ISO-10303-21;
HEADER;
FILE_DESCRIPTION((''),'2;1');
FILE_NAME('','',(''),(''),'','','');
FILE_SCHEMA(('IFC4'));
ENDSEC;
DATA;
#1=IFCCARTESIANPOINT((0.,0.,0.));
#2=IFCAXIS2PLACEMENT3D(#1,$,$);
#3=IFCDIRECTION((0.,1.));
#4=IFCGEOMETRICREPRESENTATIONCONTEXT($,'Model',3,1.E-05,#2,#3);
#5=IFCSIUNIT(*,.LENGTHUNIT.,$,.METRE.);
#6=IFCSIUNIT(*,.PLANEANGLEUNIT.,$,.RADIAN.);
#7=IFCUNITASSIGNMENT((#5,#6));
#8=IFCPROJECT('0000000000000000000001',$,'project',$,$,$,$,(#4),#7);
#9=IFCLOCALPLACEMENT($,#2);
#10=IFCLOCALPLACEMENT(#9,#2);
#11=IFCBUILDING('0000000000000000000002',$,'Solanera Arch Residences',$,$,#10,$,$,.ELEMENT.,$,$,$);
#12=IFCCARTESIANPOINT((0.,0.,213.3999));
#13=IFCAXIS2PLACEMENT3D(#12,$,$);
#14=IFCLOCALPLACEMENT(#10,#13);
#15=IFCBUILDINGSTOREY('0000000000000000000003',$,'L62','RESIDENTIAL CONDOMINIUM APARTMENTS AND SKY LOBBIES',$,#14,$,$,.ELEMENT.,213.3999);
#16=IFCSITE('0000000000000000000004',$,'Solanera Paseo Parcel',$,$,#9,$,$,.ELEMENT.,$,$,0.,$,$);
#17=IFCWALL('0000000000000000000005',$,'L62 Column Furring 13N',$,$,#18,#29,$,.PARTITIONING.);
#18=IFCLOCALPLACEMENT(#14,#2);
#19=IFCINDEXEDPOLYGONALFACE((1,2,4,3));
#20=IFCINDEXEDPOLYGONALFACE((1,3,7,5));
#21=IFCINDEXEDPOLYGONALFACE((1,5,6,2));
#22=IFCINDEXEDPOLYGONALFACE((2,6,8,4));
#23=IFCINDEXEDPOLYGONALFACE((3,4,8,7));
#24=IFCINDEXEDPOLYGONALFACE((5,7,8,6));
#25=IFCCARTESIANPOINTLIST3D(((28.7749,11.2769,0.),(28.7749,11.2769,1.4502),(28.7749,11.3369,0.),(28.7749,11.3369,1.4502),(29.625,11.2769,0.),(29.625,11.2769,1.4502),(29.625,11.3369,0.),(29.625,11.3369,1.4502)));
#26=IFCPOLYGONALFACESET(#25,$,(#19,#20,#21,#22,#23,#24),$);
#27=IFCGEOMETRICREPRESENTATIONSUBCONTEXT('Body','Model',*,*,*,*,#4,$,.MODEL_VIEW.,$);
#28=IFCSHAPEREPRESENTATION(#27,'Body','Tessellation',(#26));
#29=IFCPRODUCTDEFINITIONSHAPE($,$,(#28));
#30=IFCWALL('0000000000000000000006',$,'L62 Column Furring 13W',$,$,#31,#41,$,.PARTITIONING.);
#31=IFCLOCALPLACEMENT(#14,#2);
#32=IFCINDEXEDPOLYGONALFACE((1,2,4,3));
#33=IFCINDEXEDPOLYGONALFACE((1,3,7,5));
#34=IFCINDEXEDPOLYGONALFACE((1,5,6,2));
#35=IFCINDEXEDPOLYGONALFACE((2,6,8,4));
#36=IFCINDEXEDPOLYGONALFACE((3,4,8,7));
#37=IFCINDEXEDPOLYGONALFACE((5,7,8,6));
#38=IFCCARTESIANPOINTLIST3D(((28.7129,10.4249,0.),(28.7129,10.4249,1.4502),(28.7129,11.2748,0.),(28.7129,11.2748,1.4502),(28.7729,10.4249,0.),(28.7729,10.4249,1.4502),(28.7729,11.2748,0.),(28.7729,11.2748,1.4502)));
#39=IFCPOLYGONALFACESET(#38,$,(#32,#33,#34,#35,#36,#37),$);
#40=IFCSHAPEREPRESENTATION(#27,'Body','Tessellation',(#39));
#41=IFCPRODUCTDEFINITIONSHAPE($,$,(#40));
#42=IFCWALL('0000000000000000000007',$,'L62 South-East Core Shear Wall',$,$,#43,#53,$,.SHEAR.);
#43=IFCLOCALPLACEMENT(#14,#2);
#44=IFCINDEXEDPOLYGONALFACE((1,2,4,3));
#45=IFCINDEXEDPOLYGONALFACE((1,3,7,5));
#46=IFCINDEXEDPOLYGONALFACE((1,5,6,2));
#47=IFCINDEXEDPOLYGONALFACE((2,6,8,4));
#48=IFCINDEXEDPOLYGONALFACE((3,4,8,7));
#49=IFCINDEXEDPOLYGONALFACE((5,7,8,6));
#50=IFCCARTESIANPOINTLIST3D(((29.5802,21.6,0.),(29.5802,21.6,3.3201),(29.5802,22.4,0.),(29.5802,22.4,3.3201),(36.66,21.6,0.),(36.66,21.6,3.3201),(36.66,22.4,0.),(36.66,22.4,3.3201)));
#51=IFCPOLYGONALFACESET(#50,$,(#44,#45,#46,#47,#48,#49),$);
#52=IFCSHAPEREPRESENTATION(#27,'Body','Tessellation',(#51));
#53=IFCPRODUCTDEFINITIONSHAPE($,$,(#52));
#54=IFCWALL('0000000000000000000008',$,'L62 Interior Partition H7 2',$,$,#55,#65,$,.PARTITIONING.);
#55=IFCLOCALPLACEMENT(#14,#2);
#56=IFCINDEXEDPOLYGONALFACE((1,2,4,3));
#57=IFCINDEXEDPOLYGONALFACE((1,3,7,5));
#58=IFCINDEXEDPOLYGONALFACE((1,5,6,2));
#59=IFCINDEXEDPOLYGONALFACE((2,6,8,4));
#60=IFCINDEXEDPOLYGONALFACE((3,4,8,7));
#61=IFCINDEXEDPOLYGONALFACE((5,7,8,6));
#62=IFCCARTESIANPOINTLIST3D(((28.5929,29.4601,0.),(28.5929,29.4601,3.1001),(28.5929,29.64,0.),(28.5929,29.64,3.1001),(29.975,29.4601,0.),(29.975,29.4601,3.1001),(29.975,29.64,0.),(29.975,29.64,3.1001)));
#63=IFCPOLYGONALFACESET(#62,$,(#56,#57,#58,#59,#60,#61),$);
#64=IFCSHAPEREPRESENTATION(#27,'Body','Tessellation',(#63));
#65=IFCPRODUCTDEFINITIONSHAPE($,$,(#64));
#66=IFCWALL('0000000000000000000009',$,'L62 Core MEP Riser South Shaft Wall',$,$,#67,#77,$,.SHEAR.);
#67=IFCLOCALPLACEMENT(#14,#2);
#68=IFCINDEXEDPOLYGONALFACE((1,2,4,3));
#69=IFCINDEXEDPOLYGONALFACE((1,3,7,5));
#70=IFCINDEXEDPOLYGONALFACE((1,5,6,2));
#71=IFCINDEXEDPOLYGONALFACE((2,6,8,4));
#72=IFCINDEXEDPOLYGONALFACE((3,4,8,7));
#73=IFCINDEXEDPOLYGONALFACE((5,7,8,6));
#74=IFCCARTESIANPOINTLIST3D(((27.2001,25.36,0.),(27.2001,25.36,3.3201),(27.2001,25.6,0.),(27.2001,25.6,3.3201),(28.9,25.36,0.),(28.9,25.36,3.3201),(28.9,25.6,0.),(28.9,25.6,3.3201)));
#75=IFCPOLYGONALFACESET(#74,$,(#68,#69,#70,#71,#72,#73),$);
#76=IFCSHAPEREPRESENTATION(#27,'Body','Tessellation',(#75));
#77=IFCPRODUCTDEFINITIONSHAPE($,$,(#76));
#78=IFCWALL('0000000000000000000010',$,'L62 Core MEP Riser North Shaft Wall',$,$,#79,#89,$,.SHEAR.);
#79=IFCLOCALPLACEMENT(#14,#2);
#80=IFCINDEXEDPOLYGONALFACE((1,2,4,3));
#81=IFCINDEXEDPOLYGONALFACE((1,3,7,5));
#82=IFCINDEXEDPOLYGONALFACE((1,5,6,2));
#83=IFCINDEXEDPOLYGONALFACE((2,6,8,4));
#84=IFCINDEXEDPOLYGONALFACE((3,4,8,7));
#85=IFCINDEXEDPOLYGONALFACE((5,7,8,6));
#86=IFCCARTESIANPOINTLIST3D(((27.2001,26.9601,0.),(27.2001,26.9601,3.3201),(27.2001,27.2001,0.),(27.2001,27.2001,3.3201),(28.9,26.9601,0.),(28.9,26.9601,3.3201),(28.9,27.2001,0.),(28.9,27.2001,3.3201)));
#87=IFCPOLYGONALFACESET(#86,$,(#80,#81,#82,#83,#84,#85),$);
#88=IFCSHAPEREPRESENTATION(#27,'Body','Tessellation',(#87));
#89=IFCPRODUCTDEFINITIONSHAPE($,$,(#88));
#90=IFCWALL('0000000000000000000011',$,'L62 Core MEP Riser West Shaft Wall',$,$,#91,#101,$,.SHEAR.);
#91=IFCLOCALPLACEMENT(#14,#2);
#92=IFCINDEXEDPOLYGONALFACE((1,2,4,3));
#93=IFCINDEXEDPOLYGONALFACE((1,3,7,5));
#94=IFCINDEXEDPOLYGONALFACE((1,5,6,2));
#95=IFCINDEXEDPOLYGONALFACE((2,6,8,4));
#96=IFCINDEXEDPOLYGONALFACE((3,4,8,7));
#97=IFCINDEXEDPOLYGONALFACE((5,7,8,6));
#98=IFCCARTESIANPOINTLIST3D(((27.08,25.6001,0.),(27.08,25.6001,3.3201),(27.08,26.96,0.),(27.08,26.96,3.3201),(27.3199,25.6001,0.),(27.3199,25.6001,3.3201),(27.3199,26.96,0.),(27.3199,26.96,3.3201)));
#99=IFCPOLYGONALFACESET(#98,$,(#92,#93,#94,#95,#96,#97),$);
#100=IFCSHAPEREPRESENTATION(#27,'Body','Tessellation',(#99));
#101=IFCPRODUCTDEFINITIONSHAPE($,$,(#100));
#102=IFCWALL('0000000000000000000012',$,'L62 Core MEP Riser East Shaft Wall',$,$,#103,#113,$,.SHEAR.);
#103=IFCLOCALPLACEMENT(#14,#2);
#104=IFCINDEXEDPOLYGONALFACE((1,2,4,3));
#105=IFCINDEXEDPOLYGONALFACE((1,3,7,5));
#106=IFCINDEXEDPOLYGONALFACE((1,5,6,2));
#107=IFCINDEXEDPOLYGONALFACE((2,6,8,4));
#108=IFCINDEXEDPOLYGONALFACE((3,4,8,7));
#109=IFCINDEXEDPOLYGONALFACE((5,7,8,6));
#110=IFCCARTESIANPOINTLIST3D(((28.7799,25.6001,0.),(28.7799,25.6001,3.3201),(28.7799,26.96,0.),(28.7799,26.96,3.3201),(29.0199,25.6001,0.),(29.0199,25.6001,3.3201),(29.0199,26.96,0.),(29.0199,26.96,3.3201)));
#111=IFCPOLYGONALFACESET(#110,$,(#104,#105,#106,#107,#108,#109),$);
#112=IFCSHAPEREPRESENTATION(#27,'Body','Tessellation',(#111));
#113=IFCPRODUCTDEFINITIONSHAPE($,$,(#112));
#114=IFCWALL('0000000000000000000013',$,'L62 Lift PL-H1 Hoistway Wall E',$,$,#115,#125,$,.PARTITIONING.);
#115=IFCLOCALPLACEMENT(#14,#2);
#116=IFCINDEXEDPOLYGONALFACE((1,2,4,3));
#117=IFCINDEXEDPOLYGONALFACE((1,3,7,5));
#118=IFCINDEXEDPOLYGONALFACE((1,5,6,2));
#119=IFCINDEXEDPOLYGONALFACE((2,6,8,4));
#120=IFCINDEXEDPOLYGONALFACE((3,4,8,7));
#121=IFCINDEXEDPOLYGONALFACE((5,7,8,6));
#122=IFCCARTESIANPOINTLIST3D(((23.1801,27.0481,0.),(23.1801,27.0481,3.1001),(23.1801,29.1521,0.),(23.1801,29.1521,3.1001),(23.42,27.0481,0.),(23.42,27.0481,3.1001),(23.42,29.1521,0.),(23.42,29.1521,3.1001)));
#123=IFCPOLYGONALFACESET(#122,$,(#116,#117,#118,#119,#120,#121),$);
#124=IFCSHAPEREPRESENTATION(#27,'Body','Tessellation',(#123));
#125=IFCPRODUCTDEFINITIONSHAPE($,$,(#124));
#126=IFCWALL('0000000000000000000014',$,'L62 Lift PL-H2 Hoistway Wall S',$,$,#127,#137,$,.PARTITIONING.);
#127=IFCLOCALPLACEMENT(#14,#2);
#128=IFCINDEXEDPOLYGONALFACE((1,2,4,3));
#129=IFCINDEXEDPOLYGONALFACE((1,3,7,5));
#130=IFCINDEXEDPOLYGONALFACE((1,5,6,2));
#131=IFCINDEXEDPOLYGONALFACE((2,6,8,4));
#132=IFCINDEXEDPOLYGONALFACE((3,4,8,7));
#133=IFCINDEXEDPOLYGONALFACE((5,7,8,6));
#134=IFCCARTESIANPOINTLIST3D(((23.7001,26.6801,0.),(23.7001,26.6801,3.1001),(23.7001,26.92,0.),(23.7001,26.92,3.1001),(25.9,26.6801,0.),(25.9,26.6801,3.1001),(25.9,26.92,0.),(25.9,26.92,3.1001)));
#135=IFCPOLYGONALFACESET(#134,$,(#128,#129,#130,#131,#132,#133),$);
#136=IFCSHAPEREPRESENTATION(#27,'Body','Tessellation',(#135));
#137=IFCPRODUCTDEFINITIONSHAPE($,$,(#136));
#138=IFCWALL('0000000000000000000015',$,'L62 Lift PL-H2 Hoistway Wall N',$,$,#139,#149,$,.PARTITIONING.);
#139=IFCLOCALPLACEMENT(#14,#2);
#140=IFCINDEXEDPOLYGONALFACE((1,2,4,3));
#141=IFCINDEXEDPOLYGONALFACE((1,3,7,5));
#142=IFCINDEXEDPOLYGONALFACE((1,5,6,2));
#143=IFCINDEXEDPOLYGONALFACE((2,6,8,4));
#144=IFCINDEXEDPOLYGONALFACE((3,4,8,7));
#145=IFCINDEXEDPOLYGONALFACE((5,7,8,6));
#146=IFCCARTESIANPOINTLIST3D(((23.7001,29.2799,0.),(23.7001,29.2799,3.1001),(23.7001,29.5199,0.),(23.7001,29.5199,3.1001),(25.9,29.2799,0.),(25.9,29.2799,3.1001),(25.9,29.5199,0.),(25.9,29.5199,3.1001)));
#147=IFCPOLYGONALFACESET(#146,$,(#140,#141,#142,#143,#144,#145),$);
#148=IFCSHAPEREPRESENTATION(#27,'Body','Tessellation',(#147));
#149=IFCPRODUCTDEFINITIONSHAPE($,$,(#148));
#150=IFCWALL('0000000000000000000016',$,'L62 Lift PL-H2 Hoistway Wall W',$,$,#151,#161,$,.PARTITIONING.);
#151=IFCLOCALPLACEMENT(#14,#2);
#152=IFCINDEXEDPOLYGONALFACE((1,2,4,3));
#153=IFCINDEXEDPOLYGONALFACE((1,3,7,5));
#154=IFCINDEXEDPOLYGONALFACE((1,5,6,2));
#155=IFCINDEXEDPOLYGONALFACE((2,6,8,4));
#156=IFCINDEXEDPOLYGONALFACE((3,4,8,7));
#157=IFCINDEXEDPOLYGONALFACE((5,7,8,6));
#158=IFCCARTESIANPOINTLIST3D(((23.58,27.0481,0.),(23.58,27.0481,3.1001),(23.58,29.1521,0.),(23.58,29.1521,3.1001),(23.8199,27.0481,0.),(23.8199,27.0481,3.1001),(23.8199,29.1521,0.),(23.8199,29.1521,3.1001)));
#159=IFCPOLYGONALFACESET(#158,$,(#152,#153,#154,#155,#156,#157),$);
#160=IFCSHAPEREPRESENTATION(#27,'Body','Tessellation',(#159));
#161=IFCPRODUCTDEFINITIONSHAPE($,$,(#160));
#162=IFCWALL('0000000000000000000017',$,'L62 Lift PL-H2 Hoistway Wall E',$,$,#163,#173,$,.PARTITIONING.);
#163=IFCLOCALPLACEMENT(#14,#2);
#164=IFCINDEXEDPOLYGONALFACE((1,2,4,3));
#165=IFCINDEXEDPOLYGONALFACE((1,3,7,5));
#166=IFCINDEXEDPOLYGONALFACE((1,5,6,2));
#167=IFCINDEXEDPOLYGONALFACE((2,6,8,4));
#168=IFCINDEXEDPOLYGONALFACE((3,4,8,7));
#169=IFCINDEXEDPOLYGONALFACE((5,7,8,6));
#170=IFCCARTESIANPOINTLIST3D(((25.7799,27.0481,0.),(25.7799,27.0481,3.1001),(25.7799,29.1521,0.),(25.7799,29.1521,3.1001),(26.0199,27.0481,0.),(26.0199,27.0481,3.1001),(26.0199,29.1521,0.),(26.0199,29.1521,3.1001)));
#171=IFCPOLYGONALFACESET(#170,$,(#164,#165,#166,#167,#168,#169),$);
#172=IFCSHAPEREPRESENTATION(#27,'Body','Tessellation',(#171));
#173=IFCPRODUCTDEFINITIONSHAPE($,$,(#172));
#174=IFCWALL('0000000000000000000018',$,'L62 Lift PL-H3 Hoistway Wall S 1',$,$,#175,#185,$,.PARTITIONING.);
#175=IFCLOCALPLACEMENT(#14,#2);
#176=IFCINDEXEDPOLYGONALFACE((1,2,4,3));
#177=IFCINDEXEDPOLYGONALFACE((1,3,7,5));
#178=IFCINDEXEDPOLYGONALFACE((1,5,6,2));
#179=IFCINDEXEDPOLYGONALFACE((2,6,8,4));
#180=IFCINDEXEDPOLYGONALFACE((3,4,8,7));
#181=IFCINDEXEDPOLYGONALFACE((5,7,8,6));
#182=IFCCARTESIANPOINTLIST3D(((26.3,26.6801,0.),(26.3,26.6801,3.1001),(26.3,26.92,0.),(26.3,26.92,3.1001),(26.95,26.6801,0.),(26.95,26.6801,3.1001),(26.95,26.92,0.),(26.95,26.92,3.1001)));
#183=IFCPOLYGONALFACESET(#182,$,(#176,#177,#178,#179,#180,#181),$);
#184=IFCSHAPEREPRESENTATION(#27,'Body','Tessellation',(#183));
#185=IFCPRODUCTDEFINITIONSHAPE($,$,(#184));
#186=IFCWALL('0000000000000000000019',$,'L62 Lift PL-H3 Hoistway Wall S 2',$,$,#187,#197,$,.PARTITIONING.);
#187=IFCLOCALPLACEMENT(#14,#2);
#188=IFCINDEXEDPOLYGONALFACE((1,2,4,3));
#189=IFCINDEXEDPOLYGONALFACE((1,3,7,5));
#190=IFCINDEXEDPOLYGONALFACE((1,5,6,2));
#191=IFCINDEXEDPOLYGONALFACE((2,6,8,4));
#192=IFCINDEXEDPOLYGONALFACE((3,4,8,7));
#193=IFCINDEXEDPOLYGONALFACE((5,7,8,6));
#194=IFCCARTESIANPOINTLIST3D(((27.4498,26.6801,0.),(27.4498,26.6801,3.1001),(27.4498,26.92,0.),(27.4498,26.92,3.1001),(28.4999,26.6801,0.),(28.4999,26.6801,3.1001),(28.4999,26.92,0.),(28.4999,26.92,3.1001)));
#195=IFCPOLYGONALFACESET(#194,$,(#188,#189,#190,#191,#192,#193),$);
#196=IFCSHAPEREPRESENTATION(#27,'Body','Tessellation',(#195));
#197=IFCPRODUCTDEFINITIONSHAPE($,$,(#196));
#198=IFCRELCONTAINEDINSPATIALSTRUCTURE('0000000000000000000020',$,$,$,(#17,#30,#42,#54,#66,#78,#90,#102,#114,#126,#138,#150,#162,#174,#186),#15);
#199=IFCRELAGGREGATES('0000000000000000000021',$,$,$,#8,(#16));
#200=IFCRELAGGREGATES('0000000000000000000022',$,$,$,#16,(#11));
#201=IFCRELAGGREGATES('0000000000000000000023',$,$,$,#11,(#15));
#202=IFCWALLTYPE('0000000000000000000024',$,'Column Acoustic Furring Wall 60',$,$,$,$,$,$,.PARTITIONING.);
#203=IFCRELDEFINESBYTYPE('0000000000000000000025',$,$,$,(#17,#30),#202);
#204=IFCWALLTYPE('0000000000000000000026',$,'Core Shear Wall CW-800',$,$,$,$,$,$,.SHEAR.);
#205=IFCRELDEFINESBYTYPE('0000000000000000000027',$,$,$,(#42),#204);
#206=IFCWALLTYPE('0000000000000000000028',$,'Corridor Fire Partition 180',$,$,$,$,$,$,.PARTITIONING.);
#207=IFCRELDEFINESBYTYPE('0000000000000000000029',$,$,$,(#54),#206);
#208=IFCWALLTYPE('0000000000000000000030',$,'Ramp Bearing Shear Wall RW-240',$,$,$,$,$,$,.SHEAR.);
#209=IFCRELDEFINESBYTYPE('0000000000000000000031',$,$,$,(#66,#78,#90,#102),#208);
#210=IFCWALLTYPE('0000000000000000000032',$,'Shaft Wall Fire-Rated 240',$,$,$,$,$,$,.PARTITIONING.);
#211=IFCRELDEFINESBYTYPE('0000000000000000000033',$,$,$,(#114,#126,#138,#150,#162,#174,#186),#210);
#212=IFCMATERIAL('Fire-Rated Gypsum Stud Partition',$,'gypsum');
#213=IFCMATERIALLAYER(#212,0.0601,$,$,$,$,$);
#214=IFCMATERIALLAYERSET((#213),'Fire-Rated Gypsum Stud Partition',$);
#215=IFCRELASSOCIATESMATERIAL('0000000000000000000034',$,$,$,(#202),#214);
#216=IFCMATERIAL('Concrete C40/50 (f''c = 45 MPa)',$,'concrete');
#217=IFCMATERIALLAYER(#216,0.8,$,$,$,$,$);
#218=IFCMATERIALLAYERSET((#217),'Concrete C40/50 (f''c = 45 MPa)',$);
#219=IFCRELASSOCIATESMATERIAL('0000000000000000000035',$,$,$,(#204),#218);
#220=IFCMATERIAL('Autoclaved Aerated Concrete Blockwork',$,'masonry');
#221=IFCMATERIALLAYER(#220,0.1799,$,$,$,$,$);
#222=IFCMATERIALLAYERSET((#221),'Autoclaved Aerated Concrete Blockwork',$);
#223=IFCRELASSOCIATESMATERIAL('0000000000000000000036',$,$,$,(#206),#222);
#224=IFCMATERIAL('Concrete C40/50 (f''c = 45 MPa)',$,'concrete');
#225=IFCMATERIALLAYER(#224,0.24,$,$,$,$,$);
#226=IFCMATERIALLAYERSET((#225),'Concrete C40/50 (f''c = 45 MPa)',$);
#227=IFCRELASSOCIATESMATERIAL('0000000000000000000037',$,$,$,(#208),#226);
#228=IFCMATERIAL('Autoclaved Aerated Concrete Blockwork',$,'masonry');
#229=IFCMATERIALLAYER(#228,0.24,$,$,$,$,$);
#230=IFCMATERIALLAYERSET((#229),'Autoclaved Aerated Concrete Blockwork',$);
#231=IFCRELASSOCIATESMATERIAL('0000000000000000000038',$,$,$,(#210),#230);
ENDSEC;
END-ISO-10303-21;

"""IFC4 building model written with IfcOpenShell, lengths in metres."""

from ifc_helpers import new_model, si_unit, direction, frame, frame_2d, origin, place, context, subcontext, project, spatial, rectangle, extrude, material, layer, layer_set, type_object, element, save


model = new_model("IFC4")

# Units and contexts
model_context = context("Model", 3, precision=1e-05, world=origin(), true_north=direction((0.0, 1.0)))
body_context = subcontext(model_context, "Body", "Model", "MODEL_VIEW")
ifc_project = project(units=[si_unit("LENGTHUNIT", "METRE"), si_unit("PLANEANGLEUNIT", "RADIAN")], contexts=[model_context])

# Site, building, storey
site_placement = place(None, origin())
site = spatial("IfcSite", under=ifc_project, at=site_placement, Name="Solanera Paseo Parcel", CompositionType="ELEMENT", RefElevation=0.0)
building_placement = place(site_placement, origin())
building = spatial("IfcBuilding", under=site, at=building_placement, Name="Solanera Arch Residences", CompositionType="ELEMENT")
storey_placement = place(building_placement, frame((0.0, 0.0, 213.3999)))
storey = spatial("IfcBuildingStorey", under=building, at=storey_placement, Name="L62", Description="RESIDENTIAL CONDOMINIUM APARTMENTS AND SKY LOBBIES", CompositionType="ELEMENT", Elevation=213.3999)

# Walls
ifc_material_1 = material(Name="Fire-Rated Gypsum Stud Partition", Category="gypsum")
ifc_layer_1 = layer(ifc_material_1, 0.0601)
ifc_layer_set_1 = layer_set([ifc_layer_1], Name="Fire-Rated Gypsum Stud Partition")
wall_type_1 = type_object("IfcWallType", Name="Column Acoustic Furring Wall 60", PredefinedType="PARTITIONING", material=ifc_layer_set_1)
for number, where, z_axis, x_axis, name in (
    (1, (28.7749, 11.3069, 0.0), (0.0, 0.0, 1.0), (1.0, 0.0, 0.0), "L62 Column Furring 13N"),
):
    element("IfcWall", number, at=place(storey_placement, frame(where, z_axis=z_axis, x_axis=x_axis)), inside=storey, type_object=wall_type_1, Name=name, PredefinedType="PARTITIONING", context=body_context, shape_type="SweptSolid", body=[
        extrude(rectangle(XDim=0.8501, YDim=0.0601, at=frame_2d((0.425, 0.0))), origin(), (0.0, 0.0, 1.0), 1.4502),
    ])
wall_1_placement = place(storey_placement, frame((28.7429, 10.425, 0.0), z_axis=(0.0, 0.0, 1.0), x_axis=(0.0, 1.0, 0.0)))
element("IfcWall", 2, at=wall_1_placement, inside=storey, type_object=wall_type_1, Name="L62 Column Furring 13W", PredefinedType="PARTITIONING", context=body_context, shape_type="SweptSolid", body=[
    extrude(rectangle(XDim=0.8499, YDim=0.0601, at=frame_2d((0.4248, 0.0))), origin(), (0.0, 0.0, 1.0), 1.4502),
])
ifc_material_2 = material(Name="Concrete C40/50 (f'c = 45 MPa)", Category="concrete")
ifc_layer_2 = layer(ifc_material_2, 0.8)
ifc_layer_set_2 = layer_set([ifc_layer_2], Name="Concrete C40/50 (f'c = 45 MPa)")
wall_type_2 = type_object("IfcWallType", Name="Core Shear Wall CW-800", PredefinedType="SHEAR", material=ifc_layer_set_2)
wall_2_placement = place(storey_placement, frame((29.5801, 22.0, 0.0), z_axis=(0.0, 0.0, 1.0), x_axis=(1.0, 0.0, 0.0)))
element("IfcWall", 3, at=wall_2_placement, inside=storey, type_object=wall_type_2, Name="L62 South-East Core Shear Wall", PredefinedType="SHEAR", context=body_context, shape_type="SweptSolid", body=[
    extrude(rectangle(XDim=7.0798, YDim=0.8, at=frame_2d((3.54, 0.0))), origin(), (0.0, 0.0, 1.0), 3.3201),
])
ifc_material_3 = material(Name="Autoclaved Aerated Concrete Blockwork", Category="masonry")
ifc_layer_3 = layer(ifc_material_3, 0.1799)
ifc_layer_set_3 = layer_set([ifc_layer_3], Name="Autoclaved Aerated Concrete Blockwork")
wall_type_3 = type_object("IfcWallType", Name="Corridor Fire Partition 180", PredefinedType="PARTITIONING", material=ifc_layer_set_3)
wall_3_placement = place(storey_placement, frame((28.593, 29.55, 0.0), z_axis=(0.0, 0.0, 1.0), x_axis=(1.0, 0.0, 0.0)))
element("IfcWall", 4, at=wall_3_placement, inside=storey, type_object=wall_type_3, Name="L62 Interior Partition H7 2", PredefinedType="PARTITIONING", context=body_context, shape_type="SweptSolid", body=[
    extrude(rectangle(XDim=1.3821, YDim=0.1799, at=frame_2d((0.6909, 0.0))), origin(), (0.0, 0.0, 1.0), 3.1001),
])
ifc_material_4 = material(Name="Concrete C40/50 (f'c = 45 MPa)", Category="concrete")
ifc_layer_4 = layer(ifc_material_4, 0.24)
ifc_layer_set_4 = layer_set([ifc_layer_4], Name="Concrete C40/50 (f'c = 45 MPa)")
wall_type_4 = type_object("IfcWallType", Name="Ramp Bearing Shear Wall RW-240", PredefinedType="SHEAR", material=ifc_layer_set_4)
for number, where, z_axis, x_axis, name in (
    (5, (27.2, 25.48, 0.0), (0.0, 0.0, 1.0), (1.0, 0.0, 0.0), "L62 Core MEP Riser South Shaft Wall"),
    (6, (27.2, 27.0801, 0.0), (0.0, 0.0, 1.0), (1.0, 0.0, 0.0), "L62 Core MEP Riser North Shaft Wall"),
):
    element("IfcWall", number, at=place(storey_placement, frame(where, z_axis=z_axis, x_axis=x_axis)), inside=storey, type_object=wall_type_4, Name=name, PredefinedType="SHEAR", context=body_context, shape_type="SweptSolid", body=[
        extrude(rectangle(XDim=1.7, YDim=0.24, at=frame_2d((0.8501, 0.0))), origin(), (0.0, 0.0, 1.0), 3.3201),
    ])
for number, where, z_axis, x_axis, name in (
    (7, (27.2, 25.6001, 0.0), (0.0, 0.0, 1.0), (0.0, 1.0, 0.0), "L62 Core MEP Riser West Shaft Wall"),
    (8, (28.8999, 25.6001, 0.0), (0.0, 0.0, 1.0), (0.0, 1.0, 0.0), "L62 Core MEP Riser East Shaft Wall"),
):
    element("IfcWall", number, at=place(storey_placement, frame(where, z_axis=z_axis, x_axis=x_axis)), inside=storey, type_object=wall_type_4, Name=name, PredefinedType="SHEAR", context=body_context, shape_type="SweptSolid", body=[
        extrude(rectangle(XDim=1.3599, YDim=0.24, at=frame_2d((0.6799, 0.0))), origin(), (0.0, 0.0, 1.0), 3.3201),
    ])
ifc_material_5 = material(Name="Autoclaved Aerated Concrete Blockwork", Category="masonry")
ifc_layer_5 = layer(ifc_material_5, 0.24)
ifc_layer_set_5 = layer_set([ifc_layer_5], Name="Autoclaved Aerated Concrete Blockwork")
wall_type_5 = type_object("IfcWallType", Name="Shaft Wall Fire-Rated 240", PredefinedType="PARTITIONING", material=ifc_layer_set_5)
wall_4_placement = place(storey_placement, frame((23.3, 27.0481, 0.0), z_axis=(0.0, 0.0, 1.0), x_axis=(0.0, 1.0, 0.0)))
element("IfcWall", 9, at=wall_4_placement, inside=storey, type_object=wall_type_5, Name="L62 Lift PL-H1 Hoistway Wall E", PredefinedType="PARTITIONING", context=body_context, shape_type="SweptSolid", body=[
    extrude(rectangle(XDim=2.104, YDim=0.24, at=frame_2d((1.052, 0.0))), origin(), (0.0, 0.0, 1.0), 3.1001),
])
for number, where, z_axis, x_axis, name in (
    (10, (23.7, 26.8, 0.0), (0.0, 0.0, 1.0), (1.0, 0.0, 0.0), "L62 Lift PL-H2 Hoistway Wall S"),
    (11, (23.7, 29.3999, 0.0), (0.0, 0.0, 1.0), (1.0, 0.0, 0.0), "L62 Lift PL-H2 Hoistway Wall N"),
):
    element("IfcWall", number, at=place(storey_placement, frame(where, z_axis=z_axis, x_axis=x_axis)), inside=storey, type_object=wall_type_5, Name=name, PredefinedType="PARTITIONING", context=body_context, shape_type="SweptSolid", body=[
        extrude(rectangle(XDim=2.2, YDim=0.24, at=frame_2d((1.1001, 0.0))), origin(), (0.0, 0.0, 1.0), 3.1001),
    ])
for number, where, z_axis, x_axis, name in (
    (12, (23.7, 27.0481, 0.0), (0.0, 0.0, 1.0), (0.0, 1.0, 0.0), "L62 Lift PL-H2 Hoistway Wall W"),
    (13, (25.8999, 27.0481, 0.0), (0.0, 0.0, 1.0), (0.0, 1.0, 0.0), "L62 Lift PL-H2 Hoistway Wall E"),
):
    element("IfcWall", number, at=place(storey_placement, frame(where, z_axis=z_axis, x_axis=x_axis)), inside=storey, type_object=wall_type_5, Name=name, PredefinedType="PARTITIONING", context=body_context, shape_type="SweptSolid", body=[
        extrude(rectangle(XDim=2.104, YDim=0.24, at=frame_2d((1.052, 0.0))), origin(), (0.0, 0.0, 1.0), 3.1001),
    ])
wall_5_placement = place(storey_placement, frame((26.3, 26.8, 0.0), z_axis=(0.0, 0.0, 1.0), x_axis=(1.0, 0.0, 0.0)))
element("IfcWall", 14, at=wall_5_placement, inside=storey, type_object=wall_type_5, Name="L62 Lift PL-H3 Hoistway Wall S 1", PredefinedType="PARTITIONING", context=body_context, shape_type="SweptSolid", body=[
    extrude(rectangle(XDim=0.6499, YDim=0.24, at=frame_2d((0.325, 0.0))), origin(), (0.0, 0.0, 1.0), 3.1001),
])
wall_6_placement = place(storey_placement, frame((27.45, 26.8, 0.0), z_axis=(0.0, 0.0, 1.0), x_axis=(1.0, 0.0, 0.0)))
element("IfcWall", 15, at=wall_6_placement, inside=storey, type_object=wall_type_5, Name="L62 Lift PL-H3 Hoistway Wall S 2", PredefinedType="PARTITIONING", context=body_context, shape_type="SweptSolid", body=[
    extrude(rectangle(XDim=1.05, YDim=0.24, at=frame_2d((0.5249, 0.0))), origin(), (0.0, 0.0, 1.0), 3.1001),
])

save(model, "model.ifc")
